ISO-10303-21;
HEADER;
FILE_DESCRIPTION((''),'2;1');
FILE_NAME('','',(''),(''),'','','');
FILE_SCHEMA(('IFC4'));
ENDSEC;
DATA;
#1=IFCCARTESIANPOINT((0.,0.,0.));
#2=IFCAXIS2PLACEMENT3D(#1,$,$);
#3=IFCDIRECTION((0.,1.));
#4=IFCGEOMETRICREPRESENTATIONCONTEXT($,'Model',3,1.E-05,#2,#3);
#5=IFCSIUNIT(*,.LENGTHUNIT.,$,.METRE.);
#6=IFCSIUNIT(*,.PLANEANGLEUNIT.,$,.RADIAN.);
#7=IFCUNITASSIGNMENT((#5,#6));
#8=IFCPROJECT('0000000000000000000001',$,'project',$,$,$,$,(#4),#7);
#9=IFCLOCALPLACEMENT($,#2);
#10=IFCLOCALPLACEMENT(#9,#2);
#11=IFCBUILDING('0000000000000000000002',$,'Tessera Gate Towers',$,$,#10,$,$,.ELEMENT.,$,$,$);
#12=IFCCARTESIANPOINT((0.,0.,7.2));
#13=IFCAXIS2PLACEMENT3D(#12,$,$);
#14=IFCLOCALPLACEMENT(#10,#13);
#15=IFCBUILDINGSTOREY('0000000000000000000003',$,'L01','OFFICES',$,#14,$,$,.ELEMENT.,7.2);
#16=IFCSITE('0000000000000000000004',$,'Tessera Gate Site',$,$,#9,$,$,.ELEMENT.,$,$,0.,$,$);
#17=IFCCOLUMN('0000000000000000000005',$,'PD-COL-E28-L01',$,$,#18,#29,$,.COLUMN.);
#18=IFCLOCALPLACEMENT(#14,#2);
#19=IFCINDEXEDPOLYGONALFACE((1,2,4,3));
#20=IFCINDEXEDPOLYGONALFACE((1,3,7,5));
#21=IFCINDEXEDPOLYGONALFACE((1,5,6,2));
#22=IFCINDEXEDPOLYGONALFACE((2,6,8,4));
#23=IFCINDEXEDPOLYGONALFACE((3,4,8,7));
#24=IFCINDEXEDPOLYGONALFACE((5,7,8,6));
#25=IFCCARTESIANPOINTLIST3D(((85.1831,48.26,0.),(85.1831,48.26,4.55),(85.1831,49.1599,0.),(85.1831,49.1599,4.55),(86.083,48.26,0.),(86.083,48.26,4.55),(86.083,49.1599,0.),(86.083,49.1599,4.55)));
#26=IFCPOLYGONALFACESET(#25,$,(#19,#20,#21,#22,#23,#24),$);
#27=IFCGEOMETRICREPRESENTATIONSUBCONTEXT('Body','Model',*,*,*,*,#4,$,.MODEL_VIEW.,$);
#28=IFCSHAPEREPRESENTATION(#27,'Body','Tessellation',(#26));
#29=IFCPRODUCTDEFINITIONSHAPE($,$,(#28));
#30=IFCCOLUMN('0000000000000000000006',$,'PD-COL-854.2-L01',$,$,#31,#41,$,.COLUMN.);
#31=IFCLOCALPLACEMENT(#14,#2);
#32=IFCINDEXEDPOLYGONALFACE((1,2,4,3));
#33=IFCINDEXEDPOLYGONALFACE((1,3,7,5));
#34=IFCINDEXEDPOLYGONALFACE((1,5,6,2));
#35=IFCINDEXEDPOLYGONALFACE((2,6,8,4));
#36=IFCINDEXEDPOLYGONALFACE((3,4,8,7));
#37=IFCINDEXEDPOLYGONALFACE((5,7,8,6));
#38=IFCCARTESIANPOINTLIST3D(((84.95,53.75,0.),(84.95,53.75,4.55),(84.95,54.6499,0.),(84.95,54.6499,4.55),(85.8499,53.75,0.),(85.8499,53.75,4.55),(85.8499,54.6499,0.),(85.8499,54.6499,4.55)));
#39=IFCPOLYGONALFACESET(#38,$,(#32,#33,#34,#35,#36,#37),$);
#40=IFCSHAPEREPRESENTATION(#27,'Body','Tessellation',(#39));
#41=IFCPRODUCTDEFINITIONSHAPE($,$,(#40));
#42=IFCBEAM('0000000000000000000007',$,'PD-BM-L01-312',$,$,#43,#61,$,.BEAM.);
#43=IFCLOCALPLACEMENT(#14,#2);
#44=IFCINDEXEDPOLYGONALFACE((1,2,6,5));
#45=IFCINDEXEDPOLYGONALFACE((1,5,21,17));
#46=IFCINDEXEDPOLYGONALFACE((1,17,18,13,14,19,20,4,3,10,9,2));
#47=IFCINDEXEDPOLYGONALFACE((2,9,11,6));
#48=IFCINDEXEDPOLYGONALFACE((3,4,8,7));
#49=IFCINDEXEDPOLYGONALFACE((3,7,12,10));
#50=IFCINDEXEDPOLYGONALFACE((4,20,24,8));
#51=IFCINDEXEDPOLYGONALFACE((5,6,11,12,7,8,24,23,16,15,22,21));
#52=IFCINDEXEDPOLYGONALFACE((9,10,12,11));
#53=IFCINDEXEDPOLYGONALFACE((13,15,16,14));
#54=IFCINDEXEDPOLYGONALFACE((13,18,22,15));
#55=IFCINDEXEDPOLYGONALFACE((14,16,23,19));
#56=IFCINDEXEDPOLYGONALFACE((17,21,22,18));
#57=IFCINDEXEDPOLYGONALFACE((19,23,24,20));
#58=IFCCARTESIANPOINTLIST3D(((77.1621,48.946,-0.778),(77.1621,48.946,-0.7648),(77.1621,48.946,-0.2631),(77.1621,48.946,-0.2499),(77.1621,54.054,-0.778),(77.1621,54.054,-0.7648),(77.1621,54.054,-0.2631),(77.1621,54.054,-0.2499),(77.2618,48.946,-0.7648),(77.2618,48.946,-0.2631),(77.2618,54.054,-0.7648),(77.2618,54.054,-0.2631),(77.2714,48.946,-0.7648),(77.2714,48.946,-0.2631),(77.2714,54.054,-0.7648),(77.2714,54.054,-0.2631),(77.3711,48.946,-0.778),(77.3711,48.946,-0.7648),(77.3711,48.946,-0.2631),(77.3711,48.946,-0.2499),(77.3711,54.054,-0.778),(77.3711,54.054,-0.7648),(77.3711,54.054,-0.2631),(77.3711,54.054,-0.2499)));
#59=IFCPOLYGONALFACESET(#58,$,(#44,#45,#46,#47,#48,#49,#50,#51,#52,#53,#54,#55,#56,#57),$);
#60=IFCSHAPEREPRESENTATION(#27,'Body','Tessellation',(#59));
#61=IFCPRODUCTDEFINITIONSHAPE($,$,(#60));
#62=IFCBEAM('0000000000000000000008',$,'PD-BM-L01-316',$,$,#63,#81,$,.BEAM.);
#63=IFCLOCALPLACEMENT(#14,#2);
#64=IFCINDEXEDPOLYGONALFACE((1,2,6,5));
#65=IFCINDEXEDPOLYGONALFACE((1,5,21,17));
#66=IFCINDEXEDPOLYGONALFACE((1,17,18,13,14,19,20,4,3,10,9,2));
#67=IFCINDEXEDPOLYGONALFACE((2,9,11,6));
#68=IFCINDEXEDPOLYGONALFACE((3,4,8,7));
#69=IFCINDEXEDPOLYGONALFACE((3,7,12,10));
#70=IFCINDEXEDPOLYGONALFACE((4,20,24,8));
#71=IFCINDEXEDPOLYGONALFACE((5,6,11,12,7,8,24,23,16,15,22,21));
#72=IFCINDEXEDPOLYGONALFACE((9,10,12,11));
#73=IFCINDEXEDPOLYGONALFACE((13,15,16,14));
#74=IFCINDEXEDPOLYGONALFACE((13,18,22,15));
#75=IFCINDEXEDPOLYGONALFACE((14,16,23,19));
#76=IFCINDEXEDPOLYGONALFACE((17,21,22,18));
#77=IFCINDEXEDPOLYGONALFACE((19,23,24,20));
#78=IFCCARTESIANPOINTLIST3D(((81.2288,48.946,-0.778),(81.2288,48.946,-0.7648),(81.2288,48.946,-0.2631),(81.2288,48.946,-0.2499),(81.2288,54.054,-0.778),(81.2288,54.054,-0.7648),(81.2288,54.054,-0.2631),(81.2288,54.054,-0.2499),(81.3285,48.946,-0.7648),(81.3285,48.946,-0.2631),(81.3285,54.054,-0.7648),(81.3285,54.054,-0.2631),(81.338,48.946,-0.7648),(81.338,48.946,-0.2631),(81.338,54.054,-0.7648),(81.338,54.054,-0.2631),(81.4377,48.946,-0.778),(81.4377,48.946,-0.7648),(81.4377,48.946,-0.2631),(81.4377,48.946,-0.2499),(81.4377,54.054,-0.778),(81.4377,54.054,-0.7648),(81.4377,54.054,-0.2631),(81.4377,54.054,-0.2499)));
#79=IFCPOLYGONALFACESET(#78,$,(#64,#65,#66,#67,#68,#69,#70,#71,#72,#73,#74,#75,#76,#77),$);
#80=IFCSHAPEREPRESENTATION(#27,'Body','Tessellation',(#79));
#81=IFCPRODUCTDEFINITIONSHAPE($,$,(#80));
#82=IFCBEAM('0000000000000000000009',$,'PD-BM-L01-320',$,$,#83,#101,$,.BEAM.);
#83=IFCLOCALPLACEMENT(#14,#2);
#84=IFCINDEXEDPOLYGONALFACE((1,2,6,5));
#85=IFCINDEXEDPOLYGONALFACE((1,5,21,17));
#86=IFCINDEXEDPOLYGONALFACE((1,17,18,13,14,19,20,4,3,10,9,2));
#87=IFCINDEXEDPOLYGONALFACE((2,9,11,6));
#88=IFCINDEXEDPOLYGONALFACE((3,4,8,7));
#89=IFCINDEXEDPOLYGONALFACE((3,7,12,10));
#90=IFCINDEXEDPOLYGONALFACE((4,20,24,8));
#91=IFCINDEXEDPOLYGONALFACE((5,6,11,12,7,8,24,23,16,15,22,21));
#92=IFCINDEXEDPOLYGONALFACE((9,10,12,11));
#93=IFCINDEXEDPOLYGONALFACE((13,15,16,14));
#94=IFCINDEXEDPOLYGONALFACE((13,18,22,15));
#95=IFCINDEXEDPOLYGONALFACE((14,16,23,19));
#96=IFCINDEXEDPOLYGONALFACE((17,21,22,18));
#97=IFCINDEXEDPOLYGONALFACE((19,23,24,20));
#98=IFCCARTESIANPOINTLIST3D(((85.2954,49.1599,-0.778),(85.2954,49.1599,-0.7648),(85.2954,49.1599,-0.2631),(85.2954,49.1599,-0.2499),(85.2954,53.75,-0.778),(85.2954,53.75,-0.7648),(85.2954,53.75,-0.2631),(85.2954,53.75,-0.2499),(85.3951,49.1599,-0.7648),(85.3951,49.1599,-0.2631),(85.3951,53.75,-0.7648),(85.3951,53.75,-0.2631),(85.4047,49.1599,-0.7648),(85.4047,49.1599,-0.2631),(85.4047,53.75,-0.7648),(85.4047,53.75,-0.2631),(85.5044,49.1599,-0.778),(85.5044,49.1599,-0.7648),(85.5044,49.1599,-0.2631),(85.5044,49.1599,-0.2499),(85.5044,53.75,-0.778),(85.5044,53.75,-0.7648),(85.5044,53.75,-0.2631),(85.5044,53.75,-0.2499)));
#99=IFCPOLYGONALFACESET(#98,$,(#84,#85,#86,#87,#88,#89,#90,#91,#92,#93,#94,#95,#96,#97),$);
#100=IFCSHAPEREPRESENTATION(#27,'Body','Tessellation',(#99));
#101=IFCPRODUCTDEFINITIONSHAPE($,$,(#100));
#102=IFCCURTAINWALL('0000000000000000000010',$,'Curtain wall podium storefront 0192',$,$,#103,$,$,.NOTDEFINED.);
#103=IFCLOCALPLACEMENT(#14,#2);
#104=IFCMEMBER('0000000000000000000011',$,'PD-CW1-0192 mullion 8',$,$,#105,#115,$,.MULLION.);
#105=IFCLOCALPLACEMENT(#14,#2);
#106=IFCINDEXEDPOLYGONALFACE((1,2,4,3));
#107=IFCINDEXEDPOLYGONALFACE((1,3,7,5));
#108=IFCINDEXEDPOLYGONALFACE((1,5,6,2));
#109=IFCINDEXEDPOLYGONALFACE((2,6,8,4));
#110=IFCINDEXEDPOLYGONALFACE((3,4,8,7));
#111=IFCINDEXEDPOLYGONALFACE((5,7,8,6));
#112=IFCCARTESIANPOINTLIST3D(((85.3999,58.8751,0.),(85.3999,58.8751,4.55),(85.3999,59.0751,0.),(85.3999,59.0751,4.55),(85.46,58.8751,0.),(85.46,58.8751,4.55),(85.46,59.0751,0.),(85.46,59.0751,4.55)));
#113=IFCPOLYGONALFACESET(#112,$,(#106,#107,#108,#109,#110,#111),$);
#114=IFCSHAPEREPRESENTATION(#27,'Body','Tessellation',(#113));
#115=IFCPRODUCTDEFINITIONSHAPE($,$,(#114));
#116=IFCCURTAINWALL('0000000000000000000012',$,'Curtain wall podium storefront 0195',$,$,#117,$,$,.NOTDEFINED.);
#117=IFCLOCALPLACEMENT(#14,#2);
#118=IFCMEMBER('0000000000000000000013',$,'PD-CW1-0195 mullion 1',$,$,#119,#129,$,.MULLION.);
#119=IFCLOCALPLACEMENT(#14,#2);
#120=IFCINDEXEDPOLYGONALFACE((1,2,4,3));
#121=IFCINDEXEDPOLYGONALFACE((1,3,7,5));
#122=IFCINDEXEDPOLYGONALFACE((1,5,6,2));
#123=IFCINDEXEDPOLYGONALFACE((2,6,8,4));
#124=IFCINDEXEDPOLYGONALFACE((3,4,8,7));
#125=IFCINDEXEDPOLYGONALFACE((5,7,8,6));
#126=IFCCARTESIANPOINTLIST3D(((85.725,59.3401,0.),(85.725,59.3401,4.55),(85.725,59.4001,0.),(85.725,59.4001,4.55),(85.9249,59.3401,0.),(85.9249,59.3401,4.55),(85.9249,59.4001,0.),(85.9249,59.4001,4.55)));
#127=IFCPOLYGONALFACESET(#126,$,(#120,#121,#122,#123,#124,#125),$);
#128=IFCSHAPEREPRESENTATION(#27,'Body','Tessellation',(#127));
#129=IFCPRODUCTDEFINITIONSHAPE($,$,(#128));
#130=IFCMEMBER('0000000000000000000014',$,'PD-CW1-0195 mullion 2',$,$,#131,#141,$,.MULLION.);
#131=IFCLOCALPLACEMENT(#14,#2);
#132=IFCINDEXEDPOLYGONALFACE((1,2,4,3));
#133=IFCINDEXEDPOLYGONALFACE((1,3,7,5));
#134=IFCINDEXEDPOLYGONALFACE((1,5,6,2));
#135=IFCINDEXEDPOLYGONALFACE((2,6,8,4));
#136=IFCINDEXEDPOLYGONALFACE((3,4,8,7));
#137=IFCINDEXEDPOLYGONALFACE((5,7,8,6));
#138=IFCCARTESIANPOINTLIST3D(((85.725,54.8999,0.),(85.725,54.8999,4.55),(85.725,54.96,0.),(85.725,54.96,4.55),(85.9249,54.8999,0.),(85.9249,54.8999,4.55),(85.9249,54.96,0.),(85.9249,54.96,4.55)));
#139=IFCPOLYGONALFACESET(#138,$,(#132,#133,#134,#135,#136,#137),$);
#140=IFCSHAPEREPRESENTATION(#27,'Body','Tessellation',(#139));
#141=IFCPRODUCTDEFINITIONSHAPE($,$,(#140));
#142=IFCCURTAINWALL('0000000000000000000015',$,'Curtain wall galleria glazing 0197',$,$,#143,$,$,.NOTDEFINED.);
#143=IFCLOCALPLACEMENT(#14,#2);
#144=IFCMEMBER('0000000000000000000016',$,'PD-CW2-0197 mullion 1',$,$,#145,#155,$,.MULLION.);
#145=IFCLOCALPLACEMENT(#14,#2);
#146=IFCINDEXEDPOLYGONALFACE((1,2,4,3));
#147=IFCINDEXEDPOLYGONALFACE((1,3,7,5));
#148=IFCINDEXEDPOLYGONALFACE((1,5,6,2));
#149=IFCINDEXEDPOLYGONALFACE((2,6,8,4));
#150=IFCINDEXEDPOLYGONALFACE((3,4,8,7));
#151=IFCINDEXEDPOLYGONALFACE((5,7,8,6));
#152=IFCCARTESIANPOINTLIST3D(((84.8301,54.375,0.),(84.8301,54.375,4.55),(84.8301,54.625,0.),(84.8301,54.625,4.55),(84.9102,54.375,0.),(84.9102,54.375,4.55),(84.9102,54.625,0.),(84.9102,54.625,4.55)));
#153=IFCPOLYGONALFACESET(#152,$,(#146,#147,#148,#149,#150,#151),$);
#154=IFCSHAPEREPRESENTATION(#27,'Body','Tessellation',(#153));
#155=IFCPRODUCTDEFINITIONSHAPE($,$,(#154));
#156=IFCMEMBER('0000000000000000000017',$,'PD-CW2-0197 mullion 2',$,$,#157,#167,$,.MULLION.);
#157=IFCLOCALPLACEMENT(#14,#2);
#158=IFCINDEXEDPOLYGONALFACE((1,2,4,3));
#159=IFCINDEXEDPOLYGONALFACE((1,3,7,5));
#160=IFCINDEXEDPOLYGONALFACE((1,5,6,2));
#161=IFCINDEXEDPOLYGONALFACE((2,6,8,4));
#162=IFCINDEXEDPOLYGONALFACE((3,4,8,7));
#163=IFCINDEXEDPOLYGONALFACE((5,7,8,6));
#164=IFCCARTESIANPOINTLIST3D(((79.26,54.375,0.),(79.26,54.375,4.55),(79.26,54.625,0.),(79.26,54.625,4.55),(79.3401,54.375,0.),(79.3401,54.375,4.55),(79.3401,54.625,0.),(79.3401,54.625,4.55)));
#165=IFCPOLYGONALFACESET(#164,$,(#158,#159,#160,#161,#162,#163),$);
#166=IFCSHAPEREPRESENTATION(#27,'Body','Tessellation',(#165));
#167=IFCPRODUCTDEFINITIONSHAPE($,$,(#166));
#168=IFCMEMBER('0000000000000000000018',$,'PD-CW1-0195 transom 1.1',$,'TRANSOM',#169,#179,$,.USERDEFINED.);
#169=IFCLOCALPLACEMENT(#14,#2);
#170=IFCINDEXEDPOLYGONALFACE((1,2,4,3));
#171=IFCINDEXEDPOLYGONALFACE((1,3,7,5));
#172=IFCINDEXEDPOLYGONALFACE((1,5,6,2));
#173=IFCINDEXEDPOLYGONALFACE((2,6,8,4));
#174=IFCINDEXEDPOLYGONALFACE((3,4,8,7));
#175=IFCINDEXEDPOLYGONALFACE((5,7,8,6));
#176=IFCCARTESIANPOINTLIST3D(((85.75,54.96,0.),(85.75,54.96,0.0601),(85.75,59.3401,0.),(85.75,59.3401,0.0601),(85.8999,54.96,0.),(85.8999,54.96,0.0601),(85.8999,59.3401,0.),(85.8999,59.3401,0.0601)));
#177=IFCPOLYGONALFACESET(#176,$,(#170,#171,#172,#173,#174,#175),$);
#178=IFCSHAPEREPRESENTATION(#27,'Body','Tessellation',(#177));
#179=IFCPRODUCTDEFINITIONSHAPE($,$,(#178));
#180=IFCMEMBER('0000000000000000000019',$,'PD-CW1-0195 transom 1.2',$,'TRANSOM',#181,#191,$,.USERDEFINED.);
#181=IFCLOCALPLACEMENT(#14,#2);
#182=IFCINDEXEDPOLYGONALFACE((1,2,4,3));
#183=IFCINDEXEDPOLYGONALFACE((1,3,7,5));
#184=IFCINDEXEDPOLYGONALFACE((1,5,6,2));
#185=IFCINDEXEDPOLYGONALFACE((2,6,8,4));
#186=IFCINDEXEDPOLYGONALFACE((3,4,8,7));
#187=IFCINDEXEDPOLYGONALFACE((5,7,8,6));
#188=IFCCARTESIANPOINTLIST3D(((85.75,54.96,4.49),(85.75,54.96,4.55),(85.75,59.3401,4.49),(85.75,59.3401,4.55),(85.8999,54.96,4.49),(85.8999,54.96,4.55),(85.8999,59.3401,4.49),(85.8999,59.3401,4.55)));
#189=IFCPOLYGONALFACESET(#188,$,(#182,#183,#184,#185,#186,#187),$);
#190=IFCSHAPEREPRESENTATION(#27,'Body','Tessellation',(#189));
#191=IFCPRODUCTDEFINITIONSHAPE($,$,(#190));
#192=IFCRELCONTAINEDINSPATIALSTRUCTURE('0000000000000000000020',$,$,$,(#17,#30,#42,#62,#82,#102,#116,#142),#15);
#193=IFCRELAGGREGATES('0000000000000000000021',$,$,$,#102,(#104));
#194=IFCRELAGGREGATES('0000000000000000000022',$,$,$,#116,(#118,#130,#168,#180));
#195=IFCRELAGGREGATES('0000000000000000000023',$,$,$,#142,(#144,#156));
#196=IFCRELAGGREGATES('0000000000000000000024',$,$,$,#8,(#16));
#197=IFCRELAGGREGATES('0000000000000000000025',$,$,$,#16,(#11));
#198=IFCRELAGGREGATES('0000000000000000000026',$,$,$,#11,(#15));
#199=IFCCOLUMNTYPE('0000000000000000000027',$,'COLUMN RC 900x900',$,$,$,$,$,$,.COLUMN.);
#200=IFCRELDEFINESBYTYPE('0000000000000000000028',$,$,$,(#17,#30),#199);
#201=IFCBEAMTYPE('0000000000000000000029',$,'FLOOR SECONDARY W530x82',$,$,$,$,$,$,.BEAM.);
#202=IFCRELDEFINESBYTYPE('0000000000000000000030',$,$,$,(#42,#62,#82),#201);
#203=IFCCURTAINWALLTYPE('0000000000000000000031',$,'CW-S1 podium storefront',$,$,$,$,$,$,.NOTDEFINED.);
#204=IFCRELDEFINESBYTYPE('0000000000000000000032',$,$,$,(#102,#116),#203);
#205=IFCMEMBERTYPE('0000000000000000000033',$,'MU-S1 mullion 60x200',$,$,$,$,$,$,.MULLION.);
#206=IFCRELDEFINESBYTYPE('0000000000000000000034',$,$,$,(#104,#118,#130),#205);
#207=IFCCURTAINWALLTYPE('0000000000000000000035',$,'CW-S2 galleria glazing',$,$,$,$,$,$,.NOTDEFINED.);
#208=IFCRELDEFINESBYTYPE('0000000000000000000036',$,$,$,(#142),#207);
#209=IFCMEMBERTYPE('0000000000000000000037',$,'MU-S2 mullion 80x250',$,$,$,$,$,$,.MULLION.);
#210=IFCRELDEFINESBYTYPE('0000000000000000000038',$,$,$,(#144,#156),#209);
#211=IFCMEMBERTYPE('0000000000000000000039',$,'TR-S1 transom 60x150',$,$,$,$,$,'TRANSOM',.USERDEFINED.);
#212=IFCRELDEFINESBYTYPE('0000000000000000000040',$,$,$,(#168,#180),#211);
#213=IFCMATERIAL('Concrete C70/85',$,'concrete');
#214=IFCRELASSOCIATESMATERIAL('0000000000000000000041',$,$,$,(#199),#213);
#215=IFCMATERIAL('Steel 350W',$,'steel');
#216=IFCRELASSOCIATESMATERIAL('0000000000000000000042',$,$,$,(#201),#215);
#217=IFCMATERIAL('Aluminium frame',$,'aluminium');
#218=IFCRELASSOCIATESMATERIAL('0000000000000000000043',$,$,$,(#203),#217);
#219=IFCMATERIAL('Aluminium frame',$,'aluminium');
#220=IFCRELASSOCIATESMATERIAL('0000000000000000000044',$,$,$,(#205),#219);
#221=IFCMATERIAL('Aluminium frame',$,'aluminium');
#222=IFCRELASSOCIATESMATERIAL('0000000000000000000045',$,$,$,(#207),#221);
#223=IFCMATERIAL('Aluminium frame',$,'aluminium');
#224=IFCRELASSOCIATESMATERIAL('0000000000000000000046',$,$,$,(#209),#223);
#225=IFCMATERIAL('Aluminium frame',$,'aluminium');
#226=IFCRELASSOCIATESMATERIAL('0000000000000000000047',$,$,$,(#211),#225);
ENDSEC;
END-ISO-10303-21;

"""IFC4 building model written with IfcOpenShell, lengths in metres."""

from ifc_helpers import new_model, si_unit, direction, frame, origin, origin_2d, place, context, subcontext, project, spatial, rectangle, i_section, extrude, material, material_profile, profile_set, type_object, element, aggregate, save


model = new_model("IFC4")

# Units and contexts
model_context = context("Model", 3, precision=1e-05, world=origin(), true_north=direction((0.0, 1.0)))
body_context = subcontext(model_context, "Body", "Model", "MODEL_VIEW")
ifc_project = project(units=[si_unit("LENGTHUNIT", "METRE"), si_unit("PLANEANGLEUNIT", "RADIAN")], contexts=[model_context])

# Site, building, storey
site_placement = place(None, origin())
site = spatial("IfcSite", under=ifc_project, at=site_placement, Name="Tessera Gate Site", CompositionType="ELEMENT", RefElevation=0.0)
building_placement = place(site_placement, origin())
building = spatial("IfcBuilding", under=site, at=building_placement, Name="Tessera Gate Towers", CompositionType="ELEMENT")
storey_placement = place(building_placement, frame((0.0, 0.0, 7.2)))
storey = spatial("IfcBuildingStorey", under=building, at=storey_placement, Name="L01", Description="OFFICES", CompositionType="ELEMENT", Elevation=7.2)

# Columns
ifc_material_1 = material(Name="Concrete C70/85", Category="concrete")
ifc_material_profile_1 = material_profile(ifc_material_1, rectangle(XDim=0.8999, YDim=0.8999, at=origin_2d()), Name="RC 900x900")
ifc_profile_set_1 = profile_set([ifc_material_profile_1], Name="Concrete C70/85")
column_type = type_object("IfcColumnType", Name="COLUMN RC 900x900", PredefinedType="COLUMN", material=ifc_profile_set_1)
for number, where, z_axis, x_axis, name in (
    (1, (85.6331, 48.71, 0.0), (0.0, 0.0, 1.0), (1.0, 0.0, 0.0), "PD-COL-E28-L01"),
    (2, (85.3999, 54.2, 0.0), (0.0, 0.0, 1.0), (1.0, 0.0, 0.0), "PD-COL-854.2-L01"),
):
    element("IfcColumn", number, at=place(storey_placement, frame(where, z_axis=z_axis, x_axis=x_axis)), inside=storey, type_object=column_type, Name=name, PredefinedType="COLUMN", context=body_context, shape_type="SweptSolid", body=[
        extrude(rectangle(XDim=0.8999, YDim=0.8999, at=origin_2d()), origin(), (0.0, 0.0, 1.0), 4.55),
    ])

# Beams
ifc_material_2 = material(Name="Steel 350W", Category="steel")
ifc_material_profile_2 = material_profile(ifc_material_2, i_section(OverallWidth=0.209, OverallDepth=0.5281, WebThickness=0.0095, FlangeThickness=0.0132, at=origin_2d()), Name="W530x82")
ifc_profile_set_2 = profile_set([ifc_material_profile_2], Name="Steel 350W")
beam_type = type_object("IfcBeamType", Name="FLOOR SECONDARY W530x82", PredefinedType="BEAM", material=ifc_profile_set_2)
for number, where, z_axis, x_axis, name in (
    (3, (77.2666, 48.946, -0.5139), (0.0, 1.0, 0.0), (-1.0, 0.0, 0.0), "PD-BM-L01-312"),
    (4, (81.3333, 48.946, -0.5139), (0.0, 1.0, 0.0), (-1.0, 0.0, 0.0), "PD-BM-L01-316"),
):
    element("IfcBeam", number, at=place(storey_placement, frame(where, z_axis=z_axis, x_axis=x_axis)), inside=storey, type_object=beam_type, Name=name, PredefinedType="BEAM", context=body_context, shape_type="SweptSolid", body=[
        extrude(i_section(OverallWidth=0.209, OverallDepth=0.5281, WebThickness=0.0095, FlangeThickness=0.0132, at=origin_2d()), origin(), (0.0, 0.0, 1.0), 5.1079),
    ])
beam_placement = place(storey_placement, frame((85.3999, 49.1599, -0.5139), z_axis=(0.0, 1.0, 0.0), x_axis=(-1.0, 0.0, 0.0)))
element("IfcBeam", 5, at=beam_placement, inside=storey, type_object=beam_type, Name="PD-BM-L01-320", PredefinedType="BEAM", context=body_context, shape_type="SweptSolid", body=[
    extrude(i_section(OverallWidth=0.209, OverallDepth=0.5281, WebThickness=0.0095, FlangeThickness=0.0132, at=origin_2d()), origin(), (0.0, 0.0, 1.0), 4.5901),
])

# Curtain wall, member
ifc_material_3 = material(Name="Aluminium frame", Category="aluminium")
curtain_wall_type_1 = type_object("IfcCurtainWallType", Name="CW-S1 podium storefront", PredefinedType="NOTDEFINED", material=ifc_material_3)
curtain_wall_1_placement = place(storey_placement, origin())
curtain_wall_1 = element("IfcCurtainWall", 6, at=curtain_wall_1_placement, inside=storey, type_object=curtain_wall_type_1, Name="Curtain wall podium storefront 0192", PredefinedType="NOTDEFINED")
ifc_material_4 = material(Name="Aluminium frame", Category="aluminium")
ifc_material_profile_3 = material_profile(ifc_material_4, rectangle(XDim=0.0601, YDim=0.2, at=origin_2d()), Name="AL 60x200")
ifc_profile_set_3 = profile_set([ifc_material_profile_3], Name="Aluminium frame")
member_type_1 = type_object("IfcMemberType", Name="MU-S1 mullion 60x200", PredefinedType="MULLION", material=ifc_profile_set_3)
member_1_placement = place(storey_placement, frame((85.4299, 58.9751, 0.0), z_axis=(0.0, 0.0, 1.0), x_axis=(-1.0, 0.0, 0.0)))
member_1 = element("IfcMember", 7, at=member_1_placement, type_object=member_type_1, Name="PD-CW1-0192 mullion 8", PredefinedType="MULLION", context=body_context, shape_type="SweptSolid", body=[
    extrude(rectangle(XDim=0.0601, YDim=0.2, at=origin_2d()), origin(), (0.0, 0.0, 1.0), 4.55),
])
aggregate(curtain_wall_1, [member_1])

# Curtain walls, members
curtain_wall_2_placement = place(storey_placement, origin())
curtain_wall_2 = element("IfcCurtainWall", 8, at=curtain_wall_2_placement, inside=storey, type_object=curtain_wall_type_1, Name="Curtain wall podium storefront 0195", PredefinedType="NOTDEFINED")
member_2_placement = place(storey_placement, frame((85.825, 59.3701, 0.0), z_axis=(0.0, 0.0, 1.0), x_axis=(0.0, -1.0, 0.0)))
member_2 = element("IfcMember", 9, at=member_2_placement, type_object=member_type_1, Name="PD-CW1-0195 mullion 1", PredefinedType="MULLION", context=body_context, shape_type="SweptSolid", body=[
    extrude(rectangle(XDim=0.0601, YDim=0.2, at=origin_2d()), origin(), (0.0, 0.0, 1.0), 4.55),
])
member_3_placement = place(storey_placement, frame((85.825, 54.9299, 0.0), z_axis=(0.0, 0.0, 1.0), x_axis=(0.0, -1.0, 0.0)))
member_3 = element("IfcMember", 10, at=member_3_placement, type_object=member_type_1, Name="PD-CW1-0195 mullion 2", PredefinedType="MULLION", context=body_context, shape_type="SweptSolid", body=[
    extrude(rectangle(XDim=0.0601, YDim=0.2, at=origin_2d()), origin(), (0.0, 0.0, 1.0), 4.55),
])
ifc_material_5 = material(Name="Aluminium frame", Category="aluminium")
curtain_wall_type_2 = type_object("IfcCurtainWallType", Name="CW-S2 galleria glazing", PredefinedType="NOTDEFINED", material=ifc_material_5)
curtain_wall_3_placement = place(storey_placement, origin())
curtain_wall_3 = element("IfcCurtainWall", 11, at=curtain_wall_3_placement, inside=storey, type_object=curtain_wall_type_2, Name="Curtain wall galleria glazing 0197", PredefinedType="NOTDEFINED")
ifc_material_6 = material(Name="Aluminium frame", Category="aluminium")
ifc_material_profile_4 = material_profile(ifc_material_6, rectangle(XDim=0.0801, YDim=0.25, at=origin_2d()), Name="AL 80x250")
ifc_profile_set_4 = profile_set([ifc_material_profile_4], Name="Aluminium frame")
member_type_2 = type_object("IfcMemberType", Name="MU-S2 mullion 80x250", PredefinedType="MULLION", material=ifc_profile_set_4)
member_4_placement = place(storey_placement, frame((84.8701, 54.5, 0.0), z_axis=(0.0, 0.0, 1.0), x_axis=(-1.0, 0.0, 0.0)))
member_4 = element("IfcMember", 12, at=member_4_placement, type_object=member_type_2, Name="PD-CW2-0197 mullion 1", PredefinedType="MULLION", context=body_context, shape_type="SweptSolid", body=[
    extrude(rectangle(XDim=0.0801, YDim=0.25, at=origin_2d()), origin(), (0.0, 0.0, 1.0), 4.55),
])
member_5_placement = place(storey_placement, frame((79.3, 54.5, 0.0), z_axis=(0.0, 0.0, 1.0), x_axis=(-1.0, 0.0, 0.0)))
member_5 = element("IfcMember", 13, at=member_5_placement, type_object=member_type_2, Name="PD-CW2-0197 mullion 2", PredefinedType="MULLION", context=body_context, shape_type="SweptSolid", body=[
    extrude(rectangle(XDim=0.0801, YDim=0.25, at=origin_2d()), origin(), (0.0, 0.0, 1.0), 4.55),
])

# Members
ifc_material_7 = material(Name="Aluminium frame", Category="aluminium")
ifc_material_profile_5 = material_profile(ifc_material_7, rectangle(XDim=0.1499, YDim=0.0601, at=origin_2d()), Name="AL 60x150")
ifc_profile_set_5 = profile_set([ifc_material_profile_5], Name="Aluminium frame")
member_type_3 = type_object("IfcMemberType", Name="TR-S1 transom 60x150", ElementType="TRANSOM", PredefinedType="USERDEFINED", material=ifc_profile_set_5)
member_6_placement = place(storey_placement, frame((85.825, 59.3401, 0.03), z_axis=(0.0, -1.0, 0.0), x_axis=(1.0, 0.0, 0.0)))
member_6 = element("IfcMember", 14, at=member_6_placement, type_object=member_type_3, Name="PD-CW1-0195 transom 1.1", ObjectType="TRANSOM", PredefinedType="USERDEFINED", context=body_context, shape_type="SweptSolid", body=[
    extrude(rectangle(XDim=0.1499, YDim=0.0601, at=origin_2d()), origin(), (0.0, 0.0, 1.0), 4.3801),
])
member_7_placement = place(storey_placement, frame((85.825, 59.3401, 4.52), z_axis=(0.0, -1.0, 0.0), x_axis=(1.0, 0.0, 0.0)))
member_7 = element("IfcMember", 15, at=member_7_placement, type_object=member_type_3, Name="PD-CW1-0195 transom 1.2", ObjectType="TRANSOM", PredefinedType="USERDEFINED", context=body_context, shape_type="SweptSolid", body=[
    extrude(rectangle(XDim=0.1499, YDim=0.0601, at=origin_2d()), origin(), (0.0, 0.0, 1.0), 4.3801),
])

aggregate(curtain_wall_2, [member_2, member_3, member_6, member_7])
aggregate(curtain_wall_3, [member_4, member_5])

save(model, "model.ifc")
